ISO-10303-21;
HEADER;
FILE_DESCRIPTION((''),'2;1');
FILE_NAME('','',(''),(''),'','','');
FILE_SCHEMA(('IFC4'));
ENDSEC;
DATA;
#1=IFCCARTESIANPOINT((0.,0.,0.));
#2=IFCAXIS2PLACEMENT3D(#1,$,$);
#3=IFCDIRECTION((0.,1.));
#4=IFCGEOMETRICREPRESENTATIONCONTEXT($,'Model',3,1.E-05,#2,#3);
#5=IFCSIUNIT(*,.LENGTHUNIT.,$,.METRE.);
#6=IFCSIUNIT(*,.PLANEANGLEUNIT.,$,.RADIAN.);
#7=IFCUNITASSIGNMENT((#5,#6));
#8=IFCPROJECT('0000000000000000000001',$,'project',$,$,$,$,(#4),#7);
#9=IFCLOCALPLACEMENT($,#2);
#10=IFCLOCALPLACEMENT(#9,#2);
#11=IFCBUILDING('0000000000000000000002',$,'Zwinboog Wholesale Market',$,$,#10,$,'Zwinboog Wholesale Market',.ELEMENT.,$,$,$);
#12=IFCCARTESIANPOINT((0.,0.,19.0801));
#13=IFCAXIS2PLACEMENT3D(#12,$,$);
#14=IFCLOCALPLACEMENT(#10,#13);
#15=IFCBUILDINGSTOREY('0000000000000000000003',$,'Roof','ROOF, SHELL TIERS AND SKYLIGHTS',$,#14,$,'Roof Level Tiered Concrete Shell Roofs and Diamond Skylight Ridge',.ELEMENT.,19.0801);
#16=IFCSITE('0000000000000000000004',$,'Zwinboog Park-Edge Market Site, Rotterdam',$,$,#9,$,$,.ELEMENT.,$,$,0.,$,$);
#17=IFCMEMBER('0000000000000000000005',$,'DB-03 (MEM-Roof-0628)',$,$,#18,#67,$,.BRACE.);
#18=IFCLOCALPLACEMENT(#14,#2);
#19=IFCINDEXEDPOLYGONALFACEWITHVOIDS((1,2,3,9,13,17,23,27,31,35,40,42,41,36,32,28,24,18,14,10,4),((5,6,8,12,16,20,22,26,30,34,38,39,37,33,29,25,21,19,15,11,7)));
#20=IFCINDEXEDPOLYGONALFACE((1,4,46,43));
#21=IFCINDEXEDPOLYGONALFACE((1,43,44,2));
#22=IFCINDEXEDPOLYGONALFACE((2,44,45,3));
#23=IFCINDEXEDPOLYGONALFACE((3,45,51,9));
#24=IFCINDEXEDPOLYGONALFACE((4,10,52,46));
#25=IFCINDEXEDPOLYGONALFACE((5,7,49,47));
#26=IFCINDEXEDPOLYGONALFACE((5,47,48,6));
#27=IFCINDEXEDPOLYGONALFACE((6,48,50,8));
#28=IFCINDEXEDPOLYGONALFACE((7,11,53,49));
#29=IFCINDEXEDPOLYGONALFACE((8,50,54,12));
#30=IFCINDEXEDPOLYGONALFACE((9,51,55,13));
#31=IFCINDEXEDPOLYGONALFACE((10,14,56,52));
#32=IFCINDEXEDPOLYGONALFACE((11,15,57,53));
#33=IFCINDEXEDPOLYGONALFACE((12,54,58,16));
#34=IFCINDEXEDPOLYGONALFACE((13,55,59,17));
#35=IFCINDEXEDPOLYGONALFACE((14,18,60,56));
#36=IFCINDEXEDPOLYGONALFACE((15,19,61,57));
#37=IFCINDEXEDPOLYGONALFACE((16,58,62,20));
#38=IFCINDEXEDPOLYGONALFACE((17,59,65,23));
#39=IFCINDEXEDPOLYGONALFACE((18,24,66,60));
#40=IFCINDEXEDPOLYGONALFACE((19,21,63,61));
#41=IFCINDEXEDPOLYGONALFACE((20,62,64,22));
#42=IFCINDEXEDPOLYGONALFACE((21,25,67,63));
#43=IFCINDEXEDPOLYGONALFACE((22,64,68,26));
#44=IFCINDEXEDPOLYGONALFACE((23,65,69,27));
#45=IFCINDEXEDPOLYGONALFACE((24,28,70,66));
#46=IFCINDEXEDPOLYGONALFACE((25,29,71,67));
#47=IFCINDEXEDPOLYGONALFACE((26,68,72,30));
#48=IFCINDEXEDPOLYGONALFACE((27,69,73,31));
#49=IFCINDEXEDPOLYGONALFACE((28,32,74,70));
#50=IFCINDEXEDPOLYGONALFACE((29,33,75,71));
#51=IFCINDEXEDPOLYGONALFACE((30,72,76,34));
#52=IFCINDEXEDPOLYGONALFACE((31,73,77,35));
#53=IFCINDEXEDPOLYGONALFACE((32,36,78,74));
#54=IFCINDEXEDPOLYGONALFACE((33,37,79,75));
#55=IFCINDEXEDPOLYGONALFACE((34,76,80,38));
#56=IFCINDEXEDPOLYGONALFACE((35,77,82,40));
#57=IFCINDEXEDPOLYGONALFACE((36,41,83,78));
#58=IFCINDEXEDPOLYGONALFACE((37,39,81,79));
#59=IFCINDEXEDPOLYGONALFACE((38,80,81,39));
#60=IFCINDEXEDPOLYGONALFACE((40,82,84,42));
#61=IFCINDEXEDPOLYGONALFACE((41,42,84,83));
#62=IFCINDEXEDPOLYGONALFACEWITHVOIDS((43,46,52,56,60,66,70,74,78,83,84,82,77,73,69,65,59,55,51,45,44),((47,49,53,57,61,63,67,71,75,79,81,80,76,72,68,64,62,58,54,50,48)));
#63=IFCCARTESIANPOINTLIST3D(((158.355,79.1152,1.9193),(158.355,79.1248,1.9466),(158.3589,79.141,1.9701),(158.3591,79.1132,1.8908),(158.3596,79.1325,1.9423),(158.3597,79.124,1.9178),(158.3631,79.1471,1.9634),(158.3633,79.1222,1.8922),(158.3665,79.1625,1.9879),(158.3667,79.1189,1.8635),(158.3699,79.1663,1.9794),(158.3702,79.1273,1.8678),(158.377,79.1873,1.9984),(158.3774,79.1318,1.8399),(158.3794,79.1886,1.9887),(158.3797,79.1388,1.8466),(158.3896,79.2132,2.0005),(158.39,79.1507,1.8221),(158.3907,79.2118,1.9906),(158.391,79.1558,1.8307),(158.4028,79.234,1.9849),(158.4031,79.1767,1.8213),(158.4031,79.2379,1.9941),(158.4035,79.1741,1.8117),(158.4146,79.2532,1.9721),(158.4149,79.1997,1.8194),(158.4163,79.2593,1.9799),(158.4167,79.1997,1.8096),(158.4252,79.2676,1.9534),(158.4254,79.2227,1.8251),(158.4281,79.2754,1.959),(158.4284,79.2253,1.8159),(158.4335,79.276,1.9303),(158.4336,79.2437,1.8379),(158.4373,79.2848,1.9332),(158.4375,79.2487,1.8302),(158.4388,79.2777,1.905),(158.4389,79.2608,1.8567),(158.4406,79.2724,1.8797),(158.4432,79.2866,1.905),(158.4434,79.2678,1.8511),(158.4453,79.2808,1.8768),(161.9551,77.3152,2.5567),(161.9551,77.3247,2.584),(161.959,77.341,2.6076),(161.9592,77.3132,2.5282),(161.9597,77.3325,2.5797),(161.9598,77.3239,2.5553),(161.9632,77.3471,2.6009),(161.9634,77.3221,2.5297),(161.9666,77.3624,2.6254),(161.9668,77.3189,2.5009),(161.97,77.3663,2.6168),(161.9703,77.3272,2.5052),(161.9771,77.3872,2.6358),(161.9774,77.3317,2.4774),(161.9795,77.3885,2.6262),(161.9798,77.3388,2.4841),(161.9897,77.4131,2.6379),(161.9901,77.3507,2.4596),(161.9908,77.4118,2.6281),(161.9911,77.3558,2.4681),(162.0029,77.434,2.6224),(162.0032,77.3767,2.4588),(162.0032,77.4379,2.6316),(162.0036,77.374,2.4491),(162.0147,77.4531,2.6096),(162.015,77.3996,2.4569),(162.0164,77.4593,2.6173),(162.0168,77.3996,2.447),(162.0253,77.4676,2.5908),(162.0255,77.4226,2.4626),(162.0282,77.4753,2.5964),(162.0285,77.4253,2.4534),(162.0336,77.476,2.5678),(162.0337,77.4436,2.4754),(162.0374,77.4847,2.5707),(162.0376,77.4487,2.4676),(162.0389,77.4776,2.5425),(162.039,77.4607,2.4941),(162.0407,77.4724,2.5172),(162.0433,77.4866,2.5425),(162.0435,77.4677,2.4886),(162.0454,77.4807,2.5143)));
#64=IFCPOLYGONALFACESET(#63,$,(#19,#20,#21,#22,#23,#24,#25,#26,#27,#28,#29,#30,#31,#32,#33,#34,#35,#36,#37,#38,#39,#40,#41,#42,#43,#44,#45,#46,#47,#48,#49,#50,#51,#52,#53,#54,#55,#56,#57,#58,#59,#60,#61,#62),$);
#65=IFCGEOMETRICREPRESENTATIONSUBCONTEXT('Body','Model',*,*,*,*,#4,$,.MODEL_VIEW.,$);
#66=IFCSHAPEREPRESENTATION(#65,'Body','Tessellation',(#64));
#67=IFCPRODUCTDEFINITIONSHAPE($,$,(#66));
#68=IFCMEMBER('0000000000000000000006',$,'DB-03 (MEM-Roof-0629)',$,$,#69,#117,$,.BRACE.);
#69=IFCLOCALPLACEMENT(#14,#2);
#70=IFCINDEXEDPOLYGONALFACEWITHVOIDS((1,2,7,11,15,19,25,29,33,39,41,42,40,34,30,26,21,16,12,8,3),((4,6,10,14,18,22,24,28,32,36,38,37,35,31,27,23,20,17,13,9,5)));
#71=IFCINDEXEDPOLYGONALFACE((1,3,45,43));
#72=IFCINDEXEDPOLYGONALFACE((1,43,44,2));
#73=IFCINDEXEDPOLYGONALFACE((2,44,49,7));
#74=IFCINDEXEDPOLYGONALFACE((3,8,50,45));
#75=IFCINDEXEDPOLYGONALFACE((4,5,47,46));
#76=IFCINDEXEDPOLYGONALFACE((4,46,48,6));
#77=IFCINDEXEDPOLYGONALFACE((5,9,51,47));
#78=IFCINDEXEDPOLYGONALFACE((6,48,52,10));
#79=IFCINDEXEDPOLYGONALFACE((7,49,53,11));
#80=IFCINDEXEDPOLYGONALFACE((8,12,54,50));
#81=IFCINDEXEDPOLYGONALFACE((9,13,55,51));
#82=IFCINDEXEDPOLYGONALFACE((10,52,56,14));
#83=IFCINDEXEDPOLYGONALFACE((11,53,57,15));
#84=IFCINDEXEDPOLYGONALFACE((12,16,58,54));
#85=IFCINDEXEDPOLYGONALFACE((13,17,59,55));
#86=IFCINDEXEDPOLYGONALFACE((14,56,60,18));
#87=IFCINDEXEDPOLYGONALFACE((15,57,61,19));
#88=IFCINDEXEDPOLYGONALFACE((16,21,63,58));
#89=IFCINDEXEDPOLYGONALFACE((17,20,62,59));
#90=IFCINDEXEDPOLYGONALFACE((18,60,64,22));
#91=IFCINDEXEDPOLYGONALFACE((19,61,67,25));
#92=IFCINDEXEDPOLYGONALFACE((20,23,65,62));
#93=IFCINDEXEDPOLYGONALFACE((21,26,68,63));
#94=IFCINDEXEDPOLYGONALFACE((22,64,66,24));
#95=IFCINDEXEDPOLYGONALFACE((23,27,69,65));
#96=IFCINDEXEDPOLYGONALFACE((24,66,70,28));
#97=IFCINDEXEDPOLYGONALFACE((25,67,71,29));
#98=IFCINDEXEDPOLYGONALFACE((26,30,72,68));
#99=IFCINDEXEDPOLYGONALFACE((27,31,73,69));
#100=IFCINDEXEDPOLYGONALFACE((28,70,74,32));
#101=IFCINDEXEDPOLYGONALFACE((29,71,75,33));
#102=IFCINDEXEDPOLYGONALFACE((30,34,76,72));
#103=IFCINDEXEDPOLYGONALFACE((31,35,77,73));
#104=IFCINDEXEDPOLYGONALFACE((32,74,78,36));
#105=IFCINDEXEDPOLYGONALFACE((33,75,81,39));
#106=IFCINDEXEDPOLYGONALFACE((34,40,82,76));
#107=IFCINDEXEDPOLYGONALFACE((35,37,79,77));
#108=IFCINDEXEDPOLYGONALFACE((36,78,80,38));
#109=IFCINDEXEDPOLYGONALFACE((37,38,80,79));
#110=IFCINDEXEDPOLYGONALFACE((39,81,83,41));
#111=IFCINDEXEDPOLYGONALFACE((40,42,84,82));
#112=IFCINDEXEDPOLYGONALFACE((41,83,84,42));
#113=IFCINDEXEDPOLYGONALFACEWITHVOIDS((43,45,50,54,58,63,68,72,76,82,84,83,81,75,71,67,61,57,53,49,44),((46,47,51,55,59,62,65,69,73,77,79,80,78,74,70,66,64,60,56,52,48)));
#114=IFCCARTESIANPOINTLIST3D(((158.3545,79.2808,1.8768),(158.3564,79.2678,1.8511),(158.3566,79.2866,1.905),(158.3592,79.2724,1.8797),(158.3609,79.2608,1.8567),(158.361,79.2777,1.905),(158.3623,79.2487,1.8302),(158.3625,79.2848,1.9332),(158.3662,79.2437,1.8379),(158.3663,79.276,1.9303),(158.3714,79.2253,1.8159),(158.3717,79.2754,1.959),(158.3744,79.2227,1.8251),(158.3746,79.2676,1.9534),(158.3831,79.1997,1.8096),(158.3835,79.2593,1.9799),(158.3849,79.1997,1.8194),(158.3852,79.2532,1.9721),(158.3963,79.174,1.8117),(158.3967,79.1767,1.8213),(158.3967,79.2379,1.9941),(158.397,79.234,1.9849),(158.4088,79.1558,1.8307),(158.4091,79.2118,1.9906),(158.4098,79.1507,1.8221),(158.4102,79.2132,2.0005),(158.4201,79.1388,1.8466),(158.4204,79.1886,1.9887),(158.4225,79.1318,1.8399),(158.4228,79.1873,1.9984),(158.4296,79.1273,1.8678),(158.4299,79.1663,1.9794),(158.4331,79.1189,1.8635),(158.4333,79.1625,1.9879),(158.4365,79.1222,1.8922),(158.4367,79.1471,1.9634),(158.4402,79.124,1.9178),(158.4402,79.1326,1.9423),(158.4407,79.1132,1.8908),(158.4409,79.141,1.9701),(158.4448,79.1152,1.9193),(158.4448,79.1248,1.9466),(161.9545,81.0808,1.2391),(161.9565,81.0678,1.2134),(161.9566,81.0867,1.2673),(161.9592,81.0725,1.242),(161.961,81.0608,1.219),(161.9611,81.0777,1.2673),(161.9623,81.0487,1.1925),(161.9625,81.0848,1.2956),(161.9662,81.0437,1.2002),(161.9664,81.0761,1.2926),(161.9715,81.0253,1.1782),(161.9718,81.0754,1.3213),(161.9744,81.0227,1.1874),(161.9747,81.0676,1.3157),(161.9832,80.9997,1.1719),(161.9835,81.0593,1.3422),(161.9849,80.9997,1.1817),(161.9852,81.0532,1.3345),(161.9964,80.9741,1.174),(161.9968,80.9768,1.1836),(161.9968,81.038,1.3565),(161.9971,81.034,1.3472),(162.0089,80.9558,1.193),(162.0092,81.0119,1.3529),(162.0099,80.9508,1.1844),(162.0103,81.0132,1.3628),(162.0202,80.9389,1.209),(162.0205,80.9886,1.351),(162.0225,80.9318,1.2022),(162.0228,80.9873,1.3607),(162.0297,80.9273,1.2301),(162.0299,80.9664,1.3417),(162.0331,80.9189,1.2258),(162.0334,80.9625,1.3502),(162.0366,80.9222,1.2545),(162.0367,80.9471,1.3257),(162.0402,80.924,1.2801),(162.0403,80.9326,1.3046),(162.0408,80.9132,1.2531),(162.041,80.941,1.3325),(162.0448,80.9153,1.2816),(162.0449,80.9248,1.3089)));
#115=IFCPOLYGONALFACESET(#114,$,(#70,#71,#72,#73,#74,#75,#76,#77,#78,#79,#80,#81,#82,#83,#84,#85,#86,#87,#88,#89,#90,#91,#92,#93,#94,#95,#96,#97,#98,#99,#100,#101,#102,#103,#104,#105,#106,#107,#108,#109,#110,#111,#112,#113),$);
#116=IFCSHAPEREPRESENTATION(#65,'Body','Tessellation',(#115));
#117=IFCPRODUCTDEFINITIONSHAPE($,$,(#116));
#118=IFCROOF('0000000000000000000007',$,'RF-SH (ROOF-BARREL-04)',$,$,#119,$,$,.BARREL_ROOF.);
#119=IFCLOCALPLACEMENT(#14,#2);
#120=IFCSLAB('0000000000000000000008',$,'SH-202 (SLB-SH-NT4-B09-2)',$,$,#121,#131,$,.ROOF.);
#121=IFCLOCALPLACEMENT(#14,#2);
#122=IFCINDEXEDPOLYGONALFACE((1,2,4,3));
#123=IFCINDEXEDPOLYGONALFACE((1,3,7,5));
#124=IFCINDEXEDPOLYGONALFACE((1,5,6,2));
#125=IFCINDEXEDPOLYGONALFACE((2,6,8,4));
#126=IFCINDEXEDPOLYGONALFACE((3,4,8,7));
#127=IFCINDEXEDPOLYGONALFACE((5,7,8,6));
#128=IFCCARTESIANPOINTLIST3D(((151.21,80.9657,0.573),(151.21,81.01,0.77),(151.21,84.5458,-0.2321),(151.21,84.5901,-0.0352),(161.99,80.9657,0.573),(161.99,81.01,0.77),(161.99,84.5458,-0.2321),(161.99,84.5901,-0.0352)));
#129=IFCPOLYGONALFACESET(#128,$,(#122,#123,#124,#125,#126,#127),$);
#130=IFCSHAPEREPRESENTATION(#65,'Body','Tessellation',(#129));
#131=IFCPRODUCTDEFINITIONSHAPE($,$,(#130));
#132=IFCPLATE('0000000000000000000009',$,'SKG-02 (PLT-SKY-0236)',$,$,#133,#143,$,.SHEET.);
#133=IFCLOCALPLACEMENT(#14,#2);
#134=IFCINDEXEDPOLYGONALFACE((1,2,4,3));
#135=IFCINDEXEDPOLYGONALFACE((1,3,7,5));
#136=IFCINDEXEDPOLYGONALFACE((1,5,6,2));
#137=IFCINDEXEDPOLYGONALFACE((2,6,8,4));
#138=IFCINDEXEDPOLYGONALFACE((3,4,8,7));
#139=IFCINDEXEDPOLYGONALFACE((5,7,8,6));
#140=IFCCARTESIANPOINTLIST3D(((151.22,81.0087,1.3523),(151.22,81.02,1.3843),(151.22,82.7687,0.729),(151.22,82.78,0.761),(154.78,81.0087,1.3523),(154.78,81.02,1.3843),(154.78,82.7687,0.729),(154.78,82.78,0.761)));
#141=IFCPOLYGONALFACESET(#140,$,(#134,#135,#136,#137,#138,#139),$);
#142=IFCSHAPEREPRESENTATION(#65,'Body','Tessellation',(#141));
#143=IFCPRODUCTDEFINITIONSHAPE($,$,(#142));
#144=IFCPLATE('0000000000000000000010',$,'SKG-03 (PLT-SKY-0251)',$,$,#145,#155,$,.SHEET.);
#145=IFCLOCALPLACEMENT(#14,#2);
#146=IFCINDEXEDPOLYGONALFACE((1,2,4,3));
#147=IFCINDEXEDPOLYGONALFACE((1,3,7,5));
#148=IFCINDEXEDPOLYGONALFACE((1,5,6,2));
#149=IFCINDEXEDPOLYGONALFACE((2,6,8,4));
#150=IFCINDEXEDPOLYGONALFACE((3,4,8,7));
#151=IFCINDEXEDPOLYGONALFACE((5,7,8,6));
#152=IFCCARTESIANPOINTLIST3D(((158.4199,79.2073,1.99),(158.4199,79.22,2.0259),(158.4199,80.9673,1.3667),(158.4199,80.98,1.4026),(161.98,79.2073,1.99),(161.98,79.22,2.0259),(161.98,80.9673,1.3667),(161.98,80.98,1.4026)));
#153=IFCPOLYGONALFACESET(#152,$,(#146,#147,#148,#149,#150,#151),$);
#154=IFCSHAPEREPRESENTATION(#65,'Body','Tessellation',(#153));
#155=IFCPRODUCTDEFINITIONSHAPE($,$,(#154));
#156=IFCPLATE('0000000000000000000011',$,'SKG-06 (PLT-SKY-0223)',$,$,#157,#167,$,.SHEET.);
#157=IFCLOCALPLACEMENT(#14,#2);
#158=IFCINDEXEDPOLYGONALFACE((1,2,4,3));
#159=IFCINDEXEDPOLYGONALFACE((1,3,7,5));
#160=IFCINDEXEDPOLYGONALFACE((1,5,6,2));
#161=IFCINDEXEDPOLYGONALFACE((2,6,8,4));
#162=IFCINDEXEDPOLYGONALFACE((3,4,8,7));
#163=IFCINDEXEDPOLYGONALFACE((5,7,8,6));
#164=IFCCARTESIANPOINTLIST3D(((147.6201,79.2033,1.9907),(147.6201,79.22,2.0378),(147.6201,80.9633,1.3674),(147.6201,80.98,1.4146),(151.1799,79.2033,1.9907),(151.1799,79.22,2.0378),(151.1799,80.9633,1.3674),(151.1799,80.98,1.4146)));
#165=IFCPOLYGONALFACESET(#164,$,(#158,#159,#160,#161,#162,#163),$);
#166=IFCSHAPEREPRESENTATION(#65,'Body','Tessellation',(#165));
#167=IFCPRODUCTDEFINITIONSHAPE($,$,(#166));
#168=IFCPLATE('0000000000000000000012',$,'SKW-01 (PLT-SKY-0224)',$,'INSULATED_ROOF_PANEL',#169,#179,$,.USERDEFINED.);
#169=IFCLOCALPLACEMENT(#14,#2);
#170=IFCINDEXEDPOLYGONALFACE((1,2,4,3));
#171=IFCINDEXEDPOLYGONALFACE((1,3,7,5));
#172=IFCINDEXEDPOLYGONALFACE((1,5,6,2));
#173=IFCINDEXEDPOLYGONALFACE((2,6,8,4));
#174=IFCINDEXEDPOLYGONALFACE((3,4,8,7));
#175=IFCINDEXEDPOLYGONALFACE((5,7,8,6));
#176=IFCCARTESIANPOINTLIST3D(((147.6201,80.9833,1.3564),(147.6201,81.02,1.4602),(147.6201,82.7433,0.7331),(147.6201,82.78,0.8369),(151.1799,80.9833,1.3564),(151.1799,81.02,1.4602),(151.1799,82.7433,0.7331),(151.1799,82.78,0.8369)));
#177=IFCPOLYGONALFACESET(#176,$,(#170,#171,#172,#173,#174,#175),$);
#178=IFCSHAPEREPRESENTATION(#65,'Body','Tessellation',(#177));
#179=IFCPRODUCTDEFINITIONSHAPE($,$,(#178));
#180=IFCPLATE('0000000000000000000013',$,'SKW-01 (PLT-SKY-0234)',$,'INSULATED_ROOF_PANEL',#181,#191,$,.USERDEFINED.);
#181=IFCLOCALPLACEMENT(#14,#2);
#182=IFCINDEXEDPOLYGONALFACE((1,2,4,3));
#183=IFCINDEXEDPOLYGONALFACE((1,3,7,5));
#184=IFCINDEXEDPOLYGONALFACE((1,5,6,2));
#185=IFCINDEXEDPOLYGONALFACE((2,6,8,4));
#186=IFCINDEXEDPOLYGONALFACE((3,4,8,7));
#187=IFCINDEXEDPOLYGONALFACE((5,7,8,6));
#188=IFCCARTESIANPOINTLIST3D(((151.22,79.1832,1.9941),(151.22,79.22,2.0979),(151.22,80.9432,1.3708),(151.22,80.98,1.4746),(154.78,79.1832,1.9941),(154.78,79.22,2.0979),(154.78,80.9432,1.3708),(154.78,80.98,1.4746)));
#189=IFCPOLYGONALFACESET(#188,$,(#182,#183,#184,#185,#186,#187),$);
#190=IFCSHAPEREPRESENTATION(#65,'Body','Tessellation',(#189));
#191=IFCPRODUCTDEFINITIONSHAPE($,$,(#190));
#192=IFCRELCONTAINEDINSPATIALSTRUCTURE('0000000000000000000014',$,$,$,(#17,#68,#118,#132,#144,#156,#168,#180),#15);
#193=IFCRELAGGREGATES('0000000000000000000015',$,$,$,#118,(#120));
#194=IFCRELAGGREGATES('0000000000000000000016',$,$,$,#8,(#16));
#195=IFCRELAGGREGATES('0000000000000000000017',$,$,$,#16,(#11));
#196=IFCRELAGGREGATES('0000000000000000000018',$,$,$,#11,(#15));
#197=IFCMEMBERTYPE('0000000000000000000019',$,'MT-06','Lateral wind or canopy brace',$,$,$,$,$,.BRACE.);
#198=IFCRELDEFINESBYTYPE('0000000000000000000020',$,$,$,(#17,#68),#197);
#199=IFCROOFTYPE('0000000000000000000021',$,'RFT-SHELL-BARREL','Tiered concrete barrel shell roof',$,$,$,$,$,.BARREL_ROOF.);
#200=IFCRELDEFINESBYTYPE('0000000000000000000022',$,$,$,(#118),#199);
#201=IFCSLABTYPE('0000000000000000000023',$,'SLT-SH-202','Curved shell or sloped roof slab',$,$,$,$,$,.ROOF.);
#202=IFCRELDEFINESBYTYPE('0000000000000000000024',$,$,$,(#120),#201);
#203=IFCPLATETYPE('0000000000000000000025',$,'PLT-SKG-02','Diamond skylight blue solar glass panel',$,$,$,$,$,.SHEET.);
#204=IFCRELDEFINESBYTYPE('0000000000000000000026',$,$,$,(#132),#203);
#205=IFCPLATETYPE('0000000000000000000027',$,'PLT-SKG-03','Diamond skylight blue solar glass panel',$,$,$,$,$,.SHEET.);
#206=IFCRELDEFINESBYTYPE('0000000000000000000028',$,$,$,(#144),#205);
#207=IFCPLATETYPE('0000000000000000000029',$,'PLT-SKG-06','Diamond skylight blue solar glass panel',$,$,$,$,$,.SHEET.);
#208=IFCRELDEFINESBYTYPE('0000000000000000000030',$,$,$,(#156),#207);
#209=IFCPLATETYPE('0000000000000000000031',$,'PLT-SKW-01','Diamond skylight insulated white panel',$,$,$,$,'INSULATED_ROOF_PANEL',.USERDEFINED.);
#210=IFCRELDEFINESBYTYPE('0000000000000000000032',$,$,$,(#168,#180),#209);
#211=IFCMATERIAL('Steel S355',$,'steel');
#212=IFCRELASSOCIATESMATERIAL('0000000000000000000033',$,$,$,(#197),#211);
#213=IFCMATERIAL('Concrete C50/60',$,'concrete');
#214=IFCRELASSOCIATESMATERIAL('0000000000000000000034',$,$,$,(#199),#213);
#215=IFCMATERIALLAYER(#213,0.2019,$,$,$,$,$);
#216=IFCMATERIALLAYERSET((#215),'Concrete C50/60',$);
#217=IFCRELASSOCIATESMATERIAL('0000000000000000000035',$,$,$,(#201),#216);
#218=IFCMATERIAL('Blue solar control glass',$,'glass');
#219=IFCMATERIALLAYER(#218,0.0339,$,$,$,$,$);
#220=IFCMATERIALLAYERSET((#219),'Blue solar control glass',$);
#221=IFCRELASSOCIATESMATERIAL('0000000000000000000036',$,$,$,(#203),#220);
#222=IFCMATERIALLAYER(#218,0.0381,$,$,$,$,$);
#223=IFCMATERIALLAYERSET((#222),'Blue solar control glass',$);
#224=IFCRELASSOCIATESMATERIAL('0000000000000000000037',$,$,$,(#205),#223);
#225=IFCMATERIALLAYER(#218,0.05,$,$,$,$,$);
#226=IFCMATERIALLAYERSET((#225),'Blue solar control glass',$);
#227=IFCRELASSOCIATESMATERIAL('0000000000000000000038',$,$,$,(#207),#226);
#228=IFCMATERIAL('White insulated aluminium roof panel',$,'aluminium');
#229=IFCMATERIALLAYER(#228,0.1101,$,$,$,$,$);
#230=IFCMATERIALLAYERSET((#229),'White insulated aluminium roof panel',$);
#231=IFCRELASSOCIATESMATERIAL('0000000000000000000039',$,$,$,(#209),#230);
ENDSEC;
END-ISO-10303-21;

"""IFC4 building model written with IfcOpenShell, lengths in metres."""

from ifc_helpers import new_model, si_unit, direction, frame, origin, origin_2d, place, context, subcontext, project, spatial, polyline, hollow_circle, outline, extrude, material, layer, layer_set, material_profile, profile_set, type_object, element, aggregate, save


model = new_model("IFC4")

# Units and contexts
model_context = context("Model", 3, precision=1e-05, world=origin(), true_north=direction((0.0, 1.0)))
body_context = subcontext(model_context, "Body", "Model", "MODEL_VIEW")
ifc_project = project(units=[si_unit("LENGTHUNIT", "METRE"), si_unit("PLANEANGLEUNIT", "RADIAN")], contexts=[model_context])

# Site, building, storey
site_placement = place(None, origin())
site = spatial("IfcSite", under=ifc_project, at=site_placement, Name="Zwinboog Park-Edge Market Site, Rotterdam", CompositionType="ELEMENT", RefElevation=0.0)
building_placement = place(site_placement, origin())
building = spatial("IfcBuilding", under=site, at=building_placement, Name="Zwinboog Wholesale Market", LongName="Zwinboog Wholesale Market", CompositionType="ELEMENT")
storey_placement = place(building_placement, frame((0.0, 0.0, 19.0801)))
storey = spatial("IfcBuildingStorey", under=building, at=storey_placement, Name="Roof", Description="ROOF, SHELL TIERS AND SKYLIGHTS", LongName="Roof Level Tiered Concrete Shell Roofs and Diamond Skylight Ridge", CompositionType="ELEMENT", Elevation=19.0801)

# Members
ifc_material_1 = material(Name="Steel S355", Category="steel")
ifc_material_profile_1 = material_profile(ifc_material_1, hollow_circle(Radius=0.0969, WallThickness=0.01, at=origin_2d()), Name="CHS 193.7x10")
ifc_profile_set_1 = profile_set([ifc_material_profile_1], Name="Steel S355")
member_type_1 = type_object("IfcMemberType", Name="MT-06", Description="Lateral wind or canopy brace", PredefinedType="BRACE", material=ifc_profile_set_1)
for number, where, z_axis, x_axis, name in (
    (1, (158.3999, 79.2, 1.905), (0.883417, -0.441709, 0.156422), (0.447214, 0.894427, 0.0), "DB-03 (MEM-Roof-0628)"),
    (2, (158.3999, 79.2, 1.905), (0.883409, 0.441704, -0.156481), (-0.447214, 0.894427, 0.0), "DB-03 (MEM-Roof-0629)"),
):
    element("IfcMember", number, at=place(storey_placement, frame(where, z_axis=z_axis, x_axis=x_axis)), inside=storey, type_object=member_type_1, Name=name, PredefinedType="BRACE", context=body_context, shape_type="SweptSolid", body=[
        extrude(hollow_circle(Radius=0.0969, WallThickness=0.01, at=origin_2d()), origin(), (0.0, 0.0, 1.0), 4.0752),
    ])

# Roof, slab
ifc_material_2 = material(Name="Concrete C50/60", Category="concrete")
roof_type = type_object("IfcRoofType", Name="RFT-SHELL-BARREL", Description="Tiered concrete barrel shell roof", PredefinedType="BARREL_ROOF", material=ifc_material_2)
roof_placement = place(storey_placement, origin())
roof = element("IfcRoof", 3, at=roof_placement, inside=storey, type_object=roof_type, Name="RF-SH (ROOF-BARREL-04)", PredefinedType="BARREL_ROOF")
ifc_layer_1 = layer(ifc_material_2, 0.2019)
ifc_layer_set_1 = layer_set([ifc_layer_1], Name="Concrete C50/60")
slab_type = type_object("IfcSlabType", Name="SLT-SH-202", Description="Curved shell or sloped roof slab", PredefinedType="ROOF", material=ifc_layer_set_1)
slab_placement = place(storey_placement, frame((151.21, 81.01, 0.77), z_axis=(0.0, 0.219424, 0.97563), x_axis=(1.0, 0.0, 0.0)))
slab = element("IfcSlab", 4, at=slab_placement, type_object=slab_type, Name="SH-202 (SLB-SH-NT4-B09-2)", PredefinedType="ROOF", context=body_context, shape_type="SweptSolid", body=[
    extrude(outline(polyline([(0.0, 0.0), (10.78, 0.0), (10.78, 3.6695), (0.0, 3.6695), (0.0, 0.0)])), origin(), (0.0, 0.0, -1.0), 0.2019),
])
aggregate(roof, [slab])

# Plates
ifc_material_3 = material(Name="Blue solar control glass", Category="glass")
ifc_layer_2 = layer(ifc_material_3, 0.0339)
ifc_layer_set_2 = layer_set([ifc_layer_2], Name="Blue solar control glass")
plate_type_1 = type_object("IfcPlateType", Name="PLT-SKG-02", Description="Diamond skylight blue solar glass panel", PredefinedType="SHEET", material=ifc_layer_set_2)
plate_1_placement = place(storey_placement, frame((151.22, 81.02, 1.3843), z_axis=(0.0, 0.333825, 0.942635), x_axis=(1.0, 0.0, 0.0)))
element("IfcPlate", 5, at=plate_1_placement, inside=storey, type_object=plate_type_1, Name="SKG-02 (PLT-SKY-0236)", PredefinedType="SHEET", context=body_context, shape_type="SweptSolid", body=[
    extrude(outline(polyline([(0.0, 0.0), (3.5601, 0.0), (3.5601, 1.8671), (0.0, 1.8671), (0.0, 0.0)])), origin(), (0.0, 0.0, -1.0), 0.0339),
])
ifc_layer_3 = layer(ifc_material_3, 0.0381)
ifc_layer_set_3 = layer_set([ifc_layer_3], Name="Blue solar control glass")
plate_type_2 = type_object("IfcPlateType", Name="PLT-SKG-03", Description="Diamond skylight blue solar glass panel", PredefinedType="SHEET", material=ifc_layer_set_3)
plate_2_placement = place(storey_placement, frame((158.4199, 79.22, 2.0259), z_axis=(0.0, 0.333825, 0.942635), x_axis=(1.0, 0.0, 0.0)))
element("IfcPlate", 6, at=plate_2_placement, inside=storey, type_object=plate_type_2, Name="SKG-03 (PLT-SKY-0251)", PredefinedType="SHEET", context=body_context, shape_type="SweptSolid", body=[
    extrude(outline(polyline([(0.0, 0.0), (3.5601, 0.0), (3.5601, 1.8671), (0.0, 1.8671), (0.0, 0.0)])), origin(), (0.0, 0.0, -1.0), 0.0381),
])
ifc_layer_4 = layer(ifc_material_3, 0.05)
ifc_layer_set_4 = layer_set([ifc_layer_4], Name="Blue solar control glass")
plate_type_3 = type_object("IfcPlateType", Name="PLT-SKG-06", Description="Diamond skylight blue solar glass panel", PredefinedType="SHEET", material=ifc_layer_set_4)
plate_3_placement = place(storey_placement, frame((147.6201, 79.22, 2.0378), z_axis=(0.0, 0.333825, 0.942635), x_axis=(1.0, 0.0, 0.0)))
element("IfcPlate", 7, at=plate_3_placement, inside=storey, type_object=plate_type_3, Name="SKG-06 (PLT-SKY-0223)", PredefinedType="SHEET", context=body_context, shape_type="SweptSolid", body=[
    extrude(outline(polyline([(0.0, 0.0), (3.5598, 0.0), (3.5598, 1.8671), (0.0, 1.8671), (0.0, 0.0)])), origin(), (0.0, 0.0, -1.0), 0.05),
])
ifc_material_4 = material(Name="White insulated aluminium roof panel", Category="aluminium")
ifc_layer_5 = layer(ifc_material_4, 0.1101)
ifc_layer_set_5 = layer_set([ifc_layer_5], Name="White insulated aluminium roof panel")
plate_type_4 = type_object("IfcPlateType", Name="PLT-SKW-01", Description="Diamond skylight insulated white panel", ElementType="INSULATED_ROOF_PANEL", PredefinedType="USERDEFINED", material=ifc_layer_set_5)
plate_4_placement = place(storey_placement, frame((147.6201, 81.02, 1.4602), z_axis=(0.0, 0.333825, 0.942635), x_axis=(1.0, 0.0, 0.0)))
element("IfcPlate", 8, at=plate_4_placement, inside=storey, type_object=plate_type_4, Name="SKW-01 (PLT-SKY-0224)", ObjectType="INSULATED_ROOF_PANEL", PredefinedType="USERDEFINED", context=body_context, shape_type="SweptSolid", body=[
    extrude(outline(polyline([(0.0, 0.0), (3.5598, 0.0), (3.5598, 1.8671), (0.0, 1.8671), (0.0, 0.0)])), origin(), (0.0, 0.0, -1.0), 0.1101),
])
plate_5_placement = place(storey_placement, frame((151.22, 79.22, 2.0979), z_axis=(0.0, 0.333825, 0.942635), x_axis=(1.0, 0.0, 0.0)))
element("IfcPlate", 9, at=plate_5_placement, inside=storey, type_object=plate_type_4, Name="SKW-01 (PLT-SKY-0234)", ObjectType="INSULATED_ROOF_PANEL", PredefinedType="USERDEFINED", context=body_context, shape_type="SweptSolid", body=[
    extrude(outline(polyline([(0.0, 0.0), (3.5601, 0.0), (3.5601, 1.8671), (0.0, 1.8671), (0.0, 0.0)])), origin(), (0.0, 0.0, -1.0), 0.1101),
])

save(model, "model.ifc")
